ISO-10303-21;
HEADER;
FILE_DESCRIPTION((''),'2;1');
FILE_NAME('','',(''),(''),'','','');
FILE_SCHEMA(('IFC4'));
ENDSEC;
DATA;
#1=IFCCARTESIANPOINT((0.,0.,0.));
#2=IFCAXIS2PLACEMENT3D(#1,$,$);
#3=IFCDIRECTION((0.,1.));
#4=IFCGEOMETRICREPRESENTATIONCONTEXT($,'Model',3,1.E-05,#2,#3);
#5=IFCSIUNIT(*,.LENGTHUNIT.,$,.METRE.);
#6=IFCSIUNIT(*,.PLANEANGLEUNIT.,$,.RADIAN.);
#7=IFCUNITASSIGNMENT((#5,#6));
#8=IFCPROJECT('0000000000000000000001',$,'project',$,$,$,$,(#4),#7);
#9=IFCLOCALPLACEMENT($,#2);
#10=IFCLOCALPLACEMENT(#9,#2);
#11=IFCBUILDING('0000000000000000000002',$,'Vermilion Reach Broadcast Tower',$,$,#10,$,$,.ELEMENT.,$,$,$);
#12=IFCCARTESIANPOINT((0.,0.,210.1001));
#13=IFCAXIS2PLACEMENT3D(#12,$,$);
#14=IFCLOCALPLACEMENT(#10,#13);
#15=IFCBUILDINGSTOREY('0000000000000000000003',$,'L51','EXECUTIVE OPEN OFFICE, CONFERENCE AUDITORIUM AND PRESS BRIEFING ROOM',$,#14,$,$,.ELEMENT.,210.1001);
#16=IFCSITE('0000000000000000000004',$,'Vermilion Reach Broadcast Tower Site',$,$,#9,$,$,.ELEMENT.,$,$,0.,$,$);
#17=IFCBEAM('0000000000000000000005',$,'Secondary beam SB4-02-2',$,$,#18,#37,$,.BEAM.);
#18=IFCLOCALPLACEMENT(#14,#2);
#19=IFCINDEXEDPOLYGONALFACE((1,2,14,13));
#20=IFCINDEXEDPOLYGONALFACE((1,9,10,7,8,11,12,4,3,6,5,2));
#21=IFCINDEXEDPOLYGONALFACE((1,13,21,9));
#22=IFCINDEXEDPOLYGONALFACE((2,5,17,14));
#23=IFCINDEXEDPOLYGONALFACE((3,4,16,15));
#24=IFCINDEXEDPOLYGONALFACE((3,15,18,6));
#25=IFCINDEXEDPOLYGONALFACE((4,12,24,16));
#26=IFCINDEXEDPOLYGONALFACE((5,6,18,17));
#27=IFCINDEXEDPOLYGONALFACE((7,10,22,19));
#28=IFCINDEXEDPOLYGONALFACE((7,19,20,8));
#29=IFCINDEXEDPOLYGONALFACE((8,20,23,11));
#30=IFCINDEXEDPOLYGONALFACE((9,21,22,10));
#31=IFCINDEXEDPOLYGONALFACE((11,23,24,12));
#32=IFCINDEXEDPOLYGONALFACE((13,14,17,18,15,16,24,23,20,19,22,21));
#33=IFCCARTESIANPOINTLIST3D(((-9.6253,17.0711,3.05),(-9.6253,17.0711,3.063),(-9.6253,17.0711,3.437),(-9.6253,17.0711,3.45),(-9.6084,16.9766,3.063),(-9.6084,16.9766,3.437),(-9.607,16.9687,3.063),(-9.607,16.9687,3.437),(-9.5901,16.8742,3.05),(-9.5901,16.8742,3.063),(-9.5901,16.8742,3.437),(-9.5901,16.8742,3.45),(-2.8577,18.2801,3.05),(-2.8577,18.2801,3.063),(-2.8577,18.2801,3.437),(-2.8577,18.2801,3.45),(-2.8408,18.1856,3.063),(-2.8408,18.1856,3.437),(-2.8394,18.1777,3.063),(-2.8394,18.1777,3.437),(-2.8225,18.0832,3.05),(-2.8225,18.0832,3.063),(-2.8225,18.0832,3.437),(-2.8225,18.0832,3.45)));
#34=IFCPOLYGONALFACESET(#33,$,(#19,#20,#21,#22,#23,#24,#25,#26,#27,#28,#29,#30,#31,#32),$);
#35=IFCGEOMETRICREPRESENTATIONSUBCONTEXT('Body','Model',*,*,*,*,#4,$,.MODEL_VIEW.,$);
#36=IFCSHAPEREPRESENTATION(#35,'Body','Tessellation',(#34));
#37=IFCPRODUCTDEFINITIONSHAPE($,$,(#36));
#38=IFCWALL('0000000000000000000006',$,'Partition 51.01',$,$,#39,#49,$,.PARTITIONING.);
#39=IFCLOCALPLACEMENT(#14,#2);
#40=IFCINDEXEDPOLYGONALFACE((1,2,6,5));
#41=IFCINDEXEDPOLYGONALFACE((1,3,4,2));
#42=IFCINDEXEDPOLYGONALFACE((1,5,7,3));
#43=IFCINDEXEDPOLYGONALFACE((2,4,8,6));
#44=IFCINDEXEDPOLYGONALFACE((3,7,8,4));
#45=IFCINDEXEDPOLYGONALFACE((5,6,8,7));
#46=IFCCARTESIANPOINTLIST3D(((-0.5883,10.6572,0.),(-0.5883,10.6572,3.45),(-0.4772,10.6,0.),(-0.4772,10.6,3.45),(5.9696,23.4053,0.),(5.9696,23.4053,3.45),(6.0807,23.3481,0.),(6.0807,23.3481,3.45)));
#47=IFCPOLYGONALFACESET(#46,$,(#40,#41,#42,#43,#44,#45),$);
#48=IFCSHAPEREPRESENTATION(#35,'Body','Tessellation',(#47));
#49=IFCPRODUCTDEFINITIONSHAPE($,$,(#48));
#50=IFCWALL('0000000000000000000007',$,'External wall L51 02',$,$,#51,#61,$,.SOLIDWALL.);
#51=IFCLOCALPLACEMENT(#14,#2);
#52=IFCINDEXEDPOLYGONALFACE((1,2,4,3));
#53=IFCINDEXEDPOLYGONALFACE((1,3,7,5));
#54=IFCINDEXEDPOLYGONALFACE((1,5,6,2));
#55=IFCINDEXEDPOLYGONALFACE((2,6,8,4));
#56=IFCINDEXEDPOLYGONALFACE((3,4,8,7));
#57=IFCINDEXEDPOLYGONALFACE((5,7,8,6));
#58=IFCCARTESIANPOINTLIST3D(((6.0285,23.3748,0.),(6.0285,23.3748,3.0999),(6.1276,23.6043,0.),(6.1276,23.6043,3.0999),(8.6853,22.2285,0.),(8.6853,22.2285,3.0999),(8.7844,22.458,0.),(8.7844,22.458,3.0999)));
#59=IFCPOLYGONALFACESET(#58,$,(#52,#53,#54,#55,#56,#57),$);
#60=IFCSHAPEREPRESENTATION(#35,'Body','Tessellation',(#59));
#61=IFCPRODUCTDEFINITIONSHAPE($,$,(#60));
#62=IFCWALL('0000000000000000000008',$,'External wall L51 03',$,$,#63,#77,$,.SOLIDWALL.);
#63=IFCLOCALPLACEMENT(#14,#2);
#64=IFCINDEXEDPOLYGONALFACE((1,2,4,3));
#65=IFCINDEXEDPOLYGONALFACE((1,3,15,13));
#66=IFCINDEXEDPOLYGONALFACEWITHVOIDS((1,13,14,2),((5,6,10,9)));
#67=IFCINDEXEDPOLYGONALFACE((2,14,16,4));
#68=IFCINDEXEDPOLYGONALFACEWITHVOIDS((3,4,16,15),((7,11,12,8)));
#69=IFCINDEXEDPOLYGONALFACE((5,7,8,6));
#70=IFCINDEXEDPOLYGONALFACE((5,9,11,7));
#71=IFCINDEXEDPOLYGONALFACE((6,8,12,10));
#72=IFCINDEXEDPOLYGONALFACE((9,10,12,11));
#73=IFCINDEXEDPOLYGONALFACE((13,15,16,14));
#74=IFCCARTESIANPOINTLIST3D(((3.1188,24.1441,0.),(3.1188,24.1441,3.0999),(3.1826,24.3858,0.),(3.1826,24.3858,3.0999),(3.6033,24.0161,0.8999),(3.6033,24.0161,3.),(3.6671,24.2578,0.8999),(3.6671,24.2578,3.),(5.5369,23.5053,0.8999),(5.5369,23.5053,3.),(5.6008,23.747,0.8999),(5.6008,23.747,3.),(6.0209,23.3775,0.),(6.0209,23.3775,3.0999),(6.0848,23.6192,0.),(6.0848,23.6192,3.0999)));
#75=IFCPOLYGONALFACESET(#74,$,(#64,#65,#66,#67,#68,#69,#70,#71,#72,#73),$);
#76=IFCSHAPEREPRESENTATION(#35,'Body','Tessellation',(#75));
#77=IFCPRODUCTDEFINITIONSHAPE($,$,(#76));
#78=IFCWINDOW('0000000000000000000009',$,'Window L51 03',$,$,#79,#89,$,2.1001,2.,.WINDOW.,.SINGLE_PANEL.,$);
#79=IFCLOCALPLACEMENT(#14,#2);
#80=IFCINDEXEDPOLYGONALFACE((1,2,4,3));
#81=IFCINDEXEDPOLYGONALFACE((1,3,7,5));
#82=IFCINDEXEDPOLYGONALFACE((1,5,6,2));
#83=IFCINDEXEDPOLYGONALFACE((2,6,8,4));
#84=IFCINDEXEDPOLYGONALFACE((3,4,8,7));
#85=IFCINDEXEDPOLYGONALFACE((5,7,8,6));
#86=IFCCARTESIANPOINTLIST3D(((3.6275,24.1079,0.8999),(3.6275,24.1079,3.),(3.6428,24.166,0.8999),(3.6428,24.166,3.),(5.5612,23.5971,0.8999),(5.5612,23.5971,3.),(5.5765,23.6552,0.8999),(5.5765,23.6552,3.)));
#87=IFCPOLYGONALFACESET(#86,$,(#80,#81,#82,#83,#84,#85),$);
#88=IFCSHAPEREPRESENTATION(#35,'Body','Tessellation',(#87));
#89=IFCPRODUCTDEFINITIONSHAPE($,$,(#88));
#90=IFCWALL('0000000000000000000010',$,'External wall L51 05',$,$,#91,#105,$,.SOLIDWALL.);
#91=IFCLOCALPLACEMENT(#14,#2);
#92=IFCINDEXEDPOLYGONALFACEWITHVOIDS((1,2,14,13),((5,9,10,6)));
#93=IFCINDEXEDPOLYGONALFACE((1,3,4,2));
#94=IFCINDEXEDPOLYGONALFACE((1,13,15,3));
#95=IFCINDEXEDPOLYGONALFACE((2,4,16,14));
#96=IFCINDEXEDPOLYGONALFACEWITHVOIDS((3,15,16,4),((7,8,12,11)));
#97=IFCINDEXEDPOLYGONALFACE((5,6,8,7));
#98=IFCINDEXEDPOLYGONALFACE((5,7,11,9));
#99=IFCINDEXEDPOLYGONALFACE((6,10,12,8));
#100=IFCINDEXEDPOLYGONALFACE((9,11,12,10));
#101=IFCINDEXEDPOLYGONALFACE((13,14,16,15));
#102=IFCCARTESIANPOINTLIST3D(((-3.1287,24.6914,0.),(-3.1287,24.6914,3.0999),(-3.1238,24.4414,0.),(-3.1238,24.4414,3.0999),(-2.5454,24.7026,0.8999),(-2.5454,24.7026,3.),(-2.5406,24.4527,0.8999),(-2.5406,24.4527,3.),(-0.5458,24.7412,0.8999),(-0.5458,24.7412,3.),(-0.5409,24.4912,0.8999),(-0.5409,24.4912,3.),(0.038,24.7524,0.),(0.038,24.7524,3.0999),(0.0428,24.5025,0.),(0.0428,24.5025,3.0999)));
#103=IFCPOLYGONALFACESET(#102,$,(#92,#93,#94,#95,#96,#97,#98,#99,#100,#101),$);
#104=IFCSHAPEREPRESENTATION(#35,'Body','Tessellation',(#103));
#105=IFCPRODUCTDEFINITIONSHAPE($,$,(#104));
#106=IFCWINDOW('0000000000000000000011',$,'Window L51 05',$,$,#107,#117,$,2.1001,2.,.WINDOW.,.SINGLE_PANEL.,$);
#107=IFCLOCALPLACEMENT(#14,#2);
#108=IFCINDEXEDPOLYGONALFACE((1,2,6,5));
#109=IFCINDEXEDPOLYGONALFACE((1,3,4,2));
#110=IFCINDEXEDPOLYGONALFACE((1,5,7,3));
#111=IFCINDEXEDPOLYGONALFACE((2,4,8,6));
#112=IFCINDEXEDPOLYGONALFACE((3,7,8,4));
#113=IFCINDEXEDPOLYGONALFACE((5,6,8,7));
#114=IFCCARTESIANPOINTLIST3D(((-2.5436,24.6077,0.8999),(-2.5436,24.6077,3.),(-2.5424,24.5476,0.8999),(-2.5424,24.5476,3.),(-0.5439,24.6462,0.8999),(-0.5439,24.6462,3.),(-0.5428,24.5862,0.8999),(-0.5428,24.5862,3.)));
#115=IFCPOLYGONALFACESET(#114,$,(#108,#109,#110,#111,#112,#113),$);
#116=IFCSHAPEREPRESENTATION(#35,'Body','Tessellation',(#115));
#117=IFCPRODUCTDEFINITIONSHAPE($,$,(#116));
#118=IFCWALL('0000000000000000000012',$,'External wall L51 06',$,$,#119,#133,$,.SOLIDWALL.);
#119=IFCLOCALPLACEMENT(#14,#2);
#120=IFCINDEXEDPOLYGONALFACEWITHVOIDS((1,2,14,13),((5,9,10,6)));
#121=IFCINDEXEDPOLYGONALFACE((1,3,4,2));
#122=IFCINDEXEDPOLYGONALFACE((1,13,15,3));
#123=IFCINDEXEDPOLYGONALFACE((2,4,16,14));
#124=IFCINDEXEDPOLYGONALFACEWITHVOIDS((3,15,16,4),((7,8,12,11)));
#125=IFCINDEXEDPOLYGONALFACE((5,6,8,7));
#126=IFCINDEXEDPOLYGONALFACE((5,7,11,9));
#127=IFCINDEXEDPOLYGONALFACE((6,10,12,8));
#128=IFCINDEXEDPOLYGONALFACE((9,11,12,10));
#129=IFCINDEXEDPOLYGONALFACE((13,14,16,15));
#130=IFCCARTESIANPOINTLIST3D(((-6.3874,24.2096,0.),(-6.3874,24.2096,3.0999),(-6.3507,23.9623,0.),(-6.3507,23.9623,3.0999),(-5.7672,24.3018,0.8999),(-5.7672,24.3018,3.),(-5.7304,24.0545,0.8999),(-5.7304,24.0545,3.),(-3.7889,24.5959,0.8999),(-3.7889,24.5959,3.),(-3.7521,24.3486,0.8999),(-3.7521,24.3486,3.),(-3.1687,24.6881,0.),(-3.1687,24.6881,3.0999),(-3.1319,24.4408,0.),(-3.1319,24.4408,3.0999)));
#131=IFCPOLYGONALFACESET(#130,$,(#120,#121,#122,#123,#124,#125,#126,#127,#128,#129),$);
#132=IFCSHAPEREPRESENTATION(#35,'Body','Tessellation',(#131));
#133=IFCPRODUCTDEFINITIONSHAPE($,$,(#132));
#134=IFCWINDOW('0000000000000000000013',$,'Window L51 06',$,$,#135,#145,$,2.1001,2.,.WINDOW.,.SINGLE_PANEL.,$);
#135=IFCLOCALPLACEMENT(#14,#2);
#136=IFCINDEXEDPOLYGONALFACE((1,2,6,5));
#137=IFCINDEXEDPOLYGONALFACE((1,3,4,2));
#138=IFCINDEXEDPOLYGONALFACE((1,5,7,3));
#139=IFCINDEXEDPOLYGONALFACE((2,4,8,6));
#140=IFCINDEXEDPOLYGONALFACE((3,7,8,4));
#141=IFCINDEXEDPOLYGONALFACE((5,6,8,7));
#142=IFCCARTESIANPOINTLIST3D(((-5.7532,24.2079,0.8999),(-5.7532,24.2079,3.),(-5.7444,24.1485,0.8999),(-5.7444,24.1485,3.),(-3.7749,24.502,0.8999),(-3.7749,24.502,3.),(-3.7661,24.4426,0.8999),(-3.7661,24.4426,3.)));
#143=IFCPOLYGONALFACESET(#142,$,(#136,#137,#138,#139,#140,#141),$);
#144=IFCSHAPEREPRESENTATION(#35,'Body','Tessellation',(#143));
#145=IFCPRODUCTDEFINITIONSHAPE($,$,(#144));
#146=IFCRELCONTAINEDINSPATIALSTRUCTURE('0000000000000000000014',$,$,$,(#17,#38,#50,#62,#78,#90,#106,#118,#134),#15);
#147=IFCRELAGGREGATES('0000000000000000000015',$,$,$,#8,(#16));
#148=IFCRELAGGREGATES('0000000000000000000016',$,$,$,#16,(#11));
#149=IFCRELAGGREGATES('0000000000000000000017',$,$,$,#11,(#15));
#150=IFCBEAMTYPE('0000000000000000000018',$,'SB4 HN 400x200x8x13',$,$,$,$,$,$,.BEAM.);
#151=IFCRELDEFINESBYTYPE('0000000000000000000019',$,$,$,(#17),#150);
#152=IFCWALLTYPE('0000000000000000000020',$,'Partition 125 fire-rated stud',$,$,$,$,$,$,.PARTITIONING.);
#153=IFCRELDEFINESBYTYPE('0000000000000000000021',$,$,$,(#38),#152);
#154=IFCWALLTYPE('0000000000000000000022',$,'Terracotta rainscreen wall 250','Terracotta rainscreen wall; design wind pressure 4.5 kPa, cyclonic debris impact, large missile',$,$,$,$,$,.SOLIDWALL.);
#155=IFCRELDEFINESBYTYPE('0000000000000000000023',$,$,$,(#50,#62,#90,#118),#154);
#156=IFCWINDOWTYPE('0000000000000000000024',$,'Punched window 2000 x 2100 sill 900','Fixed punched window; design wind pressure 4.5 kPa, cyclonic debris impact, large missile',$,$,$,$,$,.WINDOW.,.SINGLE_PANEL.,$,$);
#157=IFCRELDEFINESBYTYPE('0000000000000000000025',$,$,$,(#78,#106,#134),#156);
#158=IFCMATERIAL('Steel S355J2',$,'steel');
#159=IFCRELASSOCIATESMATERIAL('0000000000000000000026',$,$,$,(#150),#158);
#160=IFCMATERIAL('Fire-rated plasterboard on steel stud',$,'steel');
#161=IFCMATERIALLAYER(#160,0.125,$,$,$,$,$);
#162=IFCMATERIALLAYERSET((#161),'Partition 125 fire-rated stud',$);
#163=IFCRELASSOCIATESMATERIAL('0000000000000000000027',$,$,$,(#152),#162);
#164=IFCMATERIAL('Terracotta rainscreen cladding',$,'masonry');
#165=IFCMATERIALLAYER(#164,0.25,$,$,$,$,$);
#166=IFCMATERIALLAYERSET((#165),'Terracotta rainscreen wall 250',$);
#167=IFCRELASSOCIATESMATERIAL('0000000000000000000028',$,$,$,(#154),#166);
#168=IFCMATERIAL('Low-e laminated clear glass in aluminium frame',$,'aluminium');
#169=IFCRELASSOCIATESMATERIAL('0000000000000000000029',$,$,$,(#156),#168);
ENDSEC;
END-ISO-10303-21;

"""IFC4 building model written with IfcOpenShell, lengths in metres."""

from ifc_helpers import new_model, si_unit, direction, frame, frame_2d, origin, origin_2d, place, context, subcontext, project, spatial, rectangle, i_section, extrude, material, layer, layer_set, material_profile, profile_set, type_object, element, fill, save


model = new_model("IFC4")

# Units and contexts
model_context = context("Model", 3, precision=1e-05, world=origin(), true_north=direction((0.0, 1.0)))
body_context = subcontext(model_context, "Body", "Model", "MODEL_VIEW")
ifc_project = project(units=[si_unit("LENGTHUNIT", "METRE"), si_unit("PLANEANGLEUNIT", "RADIAN")], contexts=[model_context])

# Site, building, storey
site_placement = place(None, origin())
site = spatial("IfcSite", under=ifc_project, at=site_placement, Name="Vermilion Reach Broadcast Tower Site", CompositionType="ELEMENT", RefElevation=0.0)
building_placement = place(site_placement, origin())
building = spatial("IfcBuilding", under=site, at=building_placement, Name="Vermilion Reach Broadcast Tower", CompositionType="ELEMENT")
storey_placement = place(building_placement, frame((0.0, 0.0, 210.1001)))
storey = spatial("IfcBuildingStorey", under=building, at=storey_placement, Name="L51", Description="EXECUTIVE OPEN OFFICE, CONFERENCE AUDITORIUM AND PRESS BRIEFING ROOM", CompositionType="ELEMENT", Elevation=210.1001)

# Beam
ifc_material_1 = material(Name="Steel S355J2", Category="steel")
ifc_material_profile_1 = material_profile(ifc_material_1, i_section(OverallWidth=0.2, OverallDepth=0.3999, WebThickness=0.0081, FlangeThickness=0.0129, at=origin_2d()), Name="S355J2 HN 400x200x8x13")
ifc_profile_set_1 = profile_set([ifc_material_profile_1], Name="Steel S355J2")
beam_type_1 = type_object("IfcBeamType", Name="SB4 HN 400x200x8x13", PredefinedType="BEAM", material=ifc_profile_set_1)
beam_1_placement = place(storey_placement, frame((-2.8401, 18.1816, 3.25), z_axis=(-0.984415, -0.175859, 0.0), x_axis=(0.175859, -0.984415, 0.0)))
element("IfcBeam", 1, at=beam_1_placement, inside=storey, type_object=beam_type_1, Name="Secondary beam SB4-02-2", PredefinedType="BEAM", context=body_context, shape_type="SweptSolid", body=[
    extrude(i_section(OverallWidth=0.2, OverallDepth=0.3999, WebThickness=0.0081, FlangeThickness=0.0129, at=origin_2d()), origin(), (0.0, 0.0, 1.0), 6.8748),
])

# Walls
ifc_material_2 = material(Name="Fire-rated plasterboard on steel stud", Category="steel")
ifc_layer_1 = layer(ifc_material_2, 0.125)
ifc_layer_set_1 = layer_set([ifc_layer_1], Name="Partition 125 fire-rated stud")
wall_type_1 = type_object("IfcWallType", Name="Partition 125 fire-rated stud", PredefinedType="PARTITIONING", material=ifc_layer_set_1)
wall_1_placement = place(storey_placement, frame((6.0251, 23.3767, 0.0), z_axis=(0.0, 0.0, 1.0), x_axis=(-0.457443, -0.889239, 0.0)))
element("IfcWall", 2, at=wall_1_placement, inside=storey, type_object=wall_type_1, Name="Partition 51.01", PredefinedType="PARTITIONING", context=body_context, shape_type="SweptSolid", body=[
    extrude(rectangle(XDim=14.3359, YDim=0.125, at=frame_2d((7.168, 0.0))), origin(), (0.0, 0.0, 1.0), 3.45),
])
ifc_material_3 = material(Name="Terracotta rainscreen cladding", Category="masonry")
ifc_layer_2 = layer(ifc_material_3, 0.25)
ifc_layer_set_2 = layer_set([ifc_layer_2], Name="Terracotta rainscreen wall 250")
wall_type_2 = type_object("IfcWallType", Name="Terracotta rainscreen wall 250", Description="Terracotta rainscreen wall; design wind pressure 4.5 kPa, cyclonic debris impact, large missile", PredefinedType="SOLIDWALL", material=ifc_layer_set_2)
wall_2_placement = place(storey_placement, frame((8.7349, 22.3433, 0.0), z_axis=(0.0, 0.0, 1.0), x_axis=(-0.918187, 0.396148, 0.0)))
element("IfcWall", 3, at=wall_2_placement, inside=storey, type_object=wall_type_2, Name="External wall L51 02", PredefinedType="SOLIDWALL", context=body_context, shape_type="SweptSolid", body=[
    extrude(rectangle(XDim=2.8936, YDim=0.25, at=frame_2d((1.4468, 0.0))), origin(), (0.0, 0.0, 1.0), 3.0999),
])

# Wall, opening, window
wall_3_placement = place(storey_placement, frame((6.053, 23.4983, 0.0), z_axis=(0.0, 0.0, 1.0), x_axis=(-0.966837, 0.255394, 0.0)))
wall_3 = element("IfcWall", 4, at=wall_3_placement, inside=storey, type_object=wall_type_2, Name="External wall L51 03", PredefinedType="SOLIDWALL", context=body_context, shape_type="SweptSolid", body=[
    extrude(rectangle(XDim=3.0017, YDim=0.25, at=frame_2d((1.501, 0.0))), origin(), (0.0, 0.0, 1.0), 3.0999),
])
opening_1_placement = place(wall_3_placement, frame((0.5007, 0.0, 0.8999)))
opening_1 = element("IfcOpeningElement", 5, at=opening_1_placement, cuts=wall_3, PredefinedType="OPENING", context=body_context, shape_type="SweptSolid", body=[
    extrude(rectangle(XDim=2.0, YDim=2.1001, at=frame_2d((1.0, 1.05))), frame((0.0, 0.135, 0.0), z_axis=(0.0, -1.0, 0.0), x_axis=(1.0, 0.0, 0.0)), (0.0, 0.0, 1.0), 0.27),
])
ifc_material_4 = material(Name="Low-e laminated clear glass in aluminium frame", Category="aluminium")
window_type = type_object("IfcWindowType", Name="Punched window 2000 x 2100 sill 900", Description="Fixed punched window; design wind pressure 4.5 kPa, cyclonic debris impact, large missile", PartitioningType="SINGLE_PANEL", PredefinedType="WINDOW", material=ifc_material_4)
window_1_placement = place(opening_1_placement, origin())
window_1 = element("IfcWindow", 6, at=window_1_placement, inside=storey, type_object=window_type, Name="Window L51 03", OverallHeight=2.1001, OverallWidth=2.0, PartitioningType="SINGLE_PANEL", PredefinedType="WINDOW", context=body_context, shape_type="SweptSolid", body=[
    extrude(rectangle(XDim=2.0, YDim=2.1001, at=frame_2d((1.0, 1.05))), frame((0.0, 0.03, 0.0), z_axis=(0.0, -1.0, 0.0), x_axis=(1.0, 0.0, 0.0)), (0.0, 0.0, 1.0), 0.0601),
])
fill(opening_1, window_1)

# Walls, openings, windows
wall_4_placement = place(storey_placement, frame((0.0403, 24.6274, 0.0), z_axis=(0.0, 0.0, 1.0), x_axis=(-0.999814, -0.01927, 0.0)))
wall_4 = element("IfcWall", 7, at=wall_4_placement, inside=storey, type_object=wall_type_2, Name="External wall L51 05", PredefinedType="SOLIDWALL", context=body_context, shape_type="SweptSolid", body=[
    extrude(rectangle(XDim=3.1672, YDim=0.25, at=frame_2d((1.5835, 0.0))), origin(), (0.0, 0.0, 1.0), 3.0999),
])
opening_2_placement = place(wall_4_placement, frame((0.5837, 0.0, 0.8999)))
opening_2 = element("IfcOpeningElement", 8, at=opening_2_placement, cuts=wall_4, PredefinedType="OPENING", context=body_context, shape_type="SweptSolid", body=[
    extrude(rectangle(XDim=2.0, YDim=2.1001, at=frame_2d((1.0, 1.05))), frame((0.0, 0.135, 0.0), z_axis=(0.0, -1.0, 0.0), x_axis=(1.0, 0.0, 0.0)), (0.0, 0.0, 1.0), 0.27),
])
window_2_placement = place(opening_2_placement, origin())
window_2 = element("IfcWindow", 9, at=window_2_placement, inside=storey, type_object=window_type, Name="Window L51 05", OverallHeight=2.1001, OverallWidth=2.0, PartitioningType="SINGLE_PANEL", PredefinedType="WINDOW", context=body_context, shape_type="SweptSolid", body=[
    extrude(rectangle(XDim=2.0, YDim=2.1001, at=frame_2d((1.0, 1.05))), frame((0.0, 0.03, 0.0), z_axis=(0.0, -1.0, 0.0), x_axis=(1.0, 0.0, 0.0)), (0.0, 0.0, 1.0), 0.0601),
])
fill(opening_2, window_2)
wall_5_placement = place(storey_placement, frame((-3.1504, 24.5645, 0.0), z_axis=(0.0, 0.0, 1.0), x_axis=(-0.989129, -0.147049, 0.0)))
wall_5 = element("IfcWall", 10, at=wall_5_placement, inside=storey, type_object=wall_type_2, Name="External wall L51 06", PredefinedType="SOLIDWALL", context=body_context, shape_type="SweptSolid", body=[
    extrude(rectangle(XDim=3.2542, YDim=0.25, at=frame_2d((1.627, 0.0))), origin(), (0.0, 0.0, 1.0), 3.0999),
])
opening_3_placement = place(wall_5_placement, frame((0.627, 0.0, 0.8999)))
opening_3 = element("IfcOpeningElement", 11, at=opening_3_placement, cuts=wall_5, PredefinedType="OPENING", context=body_context, shape_type="SweptSolid", body=[
    extrude(rectangle(XDim=2.0, YDim=2.1001, at=frame_2d((1.0, 1.05))), frame((0.0, 0.135, 0.0), z_axis=(0.0, -1.0, 0.0), x_axis=(1.0, 0.0, 0.0)), (0.0, 0.0, 1.0), 0.27),
])
window_3_placement = place(opening_3_placement, origin())
window_3 = element("IfcWindow", 12, at=window_3_placement, inside=storey, type_object=window_type, Name="Window L51 06", OverallHeight=2.1001, OverallWidth=2.0, PartitioningType="SINGLE_PANEL", PredefinedType="WINDOW", context=body_context, shape_type="SweptSolid", body=[
    extrude(rectangle(XDim=2.0, YDim=2.1001, at=frame_2d((1.0, 1.05))), frame((0.0, 0.03, 0.0), z_axis=(0.0, -1.0, 0.0), x_axis=(1.0, 0.0, 0.0)), (0.0, 0.0, 1.0), 0.0601),
])
fill(opening_3, window_3)

save(model, "model.ifc")
